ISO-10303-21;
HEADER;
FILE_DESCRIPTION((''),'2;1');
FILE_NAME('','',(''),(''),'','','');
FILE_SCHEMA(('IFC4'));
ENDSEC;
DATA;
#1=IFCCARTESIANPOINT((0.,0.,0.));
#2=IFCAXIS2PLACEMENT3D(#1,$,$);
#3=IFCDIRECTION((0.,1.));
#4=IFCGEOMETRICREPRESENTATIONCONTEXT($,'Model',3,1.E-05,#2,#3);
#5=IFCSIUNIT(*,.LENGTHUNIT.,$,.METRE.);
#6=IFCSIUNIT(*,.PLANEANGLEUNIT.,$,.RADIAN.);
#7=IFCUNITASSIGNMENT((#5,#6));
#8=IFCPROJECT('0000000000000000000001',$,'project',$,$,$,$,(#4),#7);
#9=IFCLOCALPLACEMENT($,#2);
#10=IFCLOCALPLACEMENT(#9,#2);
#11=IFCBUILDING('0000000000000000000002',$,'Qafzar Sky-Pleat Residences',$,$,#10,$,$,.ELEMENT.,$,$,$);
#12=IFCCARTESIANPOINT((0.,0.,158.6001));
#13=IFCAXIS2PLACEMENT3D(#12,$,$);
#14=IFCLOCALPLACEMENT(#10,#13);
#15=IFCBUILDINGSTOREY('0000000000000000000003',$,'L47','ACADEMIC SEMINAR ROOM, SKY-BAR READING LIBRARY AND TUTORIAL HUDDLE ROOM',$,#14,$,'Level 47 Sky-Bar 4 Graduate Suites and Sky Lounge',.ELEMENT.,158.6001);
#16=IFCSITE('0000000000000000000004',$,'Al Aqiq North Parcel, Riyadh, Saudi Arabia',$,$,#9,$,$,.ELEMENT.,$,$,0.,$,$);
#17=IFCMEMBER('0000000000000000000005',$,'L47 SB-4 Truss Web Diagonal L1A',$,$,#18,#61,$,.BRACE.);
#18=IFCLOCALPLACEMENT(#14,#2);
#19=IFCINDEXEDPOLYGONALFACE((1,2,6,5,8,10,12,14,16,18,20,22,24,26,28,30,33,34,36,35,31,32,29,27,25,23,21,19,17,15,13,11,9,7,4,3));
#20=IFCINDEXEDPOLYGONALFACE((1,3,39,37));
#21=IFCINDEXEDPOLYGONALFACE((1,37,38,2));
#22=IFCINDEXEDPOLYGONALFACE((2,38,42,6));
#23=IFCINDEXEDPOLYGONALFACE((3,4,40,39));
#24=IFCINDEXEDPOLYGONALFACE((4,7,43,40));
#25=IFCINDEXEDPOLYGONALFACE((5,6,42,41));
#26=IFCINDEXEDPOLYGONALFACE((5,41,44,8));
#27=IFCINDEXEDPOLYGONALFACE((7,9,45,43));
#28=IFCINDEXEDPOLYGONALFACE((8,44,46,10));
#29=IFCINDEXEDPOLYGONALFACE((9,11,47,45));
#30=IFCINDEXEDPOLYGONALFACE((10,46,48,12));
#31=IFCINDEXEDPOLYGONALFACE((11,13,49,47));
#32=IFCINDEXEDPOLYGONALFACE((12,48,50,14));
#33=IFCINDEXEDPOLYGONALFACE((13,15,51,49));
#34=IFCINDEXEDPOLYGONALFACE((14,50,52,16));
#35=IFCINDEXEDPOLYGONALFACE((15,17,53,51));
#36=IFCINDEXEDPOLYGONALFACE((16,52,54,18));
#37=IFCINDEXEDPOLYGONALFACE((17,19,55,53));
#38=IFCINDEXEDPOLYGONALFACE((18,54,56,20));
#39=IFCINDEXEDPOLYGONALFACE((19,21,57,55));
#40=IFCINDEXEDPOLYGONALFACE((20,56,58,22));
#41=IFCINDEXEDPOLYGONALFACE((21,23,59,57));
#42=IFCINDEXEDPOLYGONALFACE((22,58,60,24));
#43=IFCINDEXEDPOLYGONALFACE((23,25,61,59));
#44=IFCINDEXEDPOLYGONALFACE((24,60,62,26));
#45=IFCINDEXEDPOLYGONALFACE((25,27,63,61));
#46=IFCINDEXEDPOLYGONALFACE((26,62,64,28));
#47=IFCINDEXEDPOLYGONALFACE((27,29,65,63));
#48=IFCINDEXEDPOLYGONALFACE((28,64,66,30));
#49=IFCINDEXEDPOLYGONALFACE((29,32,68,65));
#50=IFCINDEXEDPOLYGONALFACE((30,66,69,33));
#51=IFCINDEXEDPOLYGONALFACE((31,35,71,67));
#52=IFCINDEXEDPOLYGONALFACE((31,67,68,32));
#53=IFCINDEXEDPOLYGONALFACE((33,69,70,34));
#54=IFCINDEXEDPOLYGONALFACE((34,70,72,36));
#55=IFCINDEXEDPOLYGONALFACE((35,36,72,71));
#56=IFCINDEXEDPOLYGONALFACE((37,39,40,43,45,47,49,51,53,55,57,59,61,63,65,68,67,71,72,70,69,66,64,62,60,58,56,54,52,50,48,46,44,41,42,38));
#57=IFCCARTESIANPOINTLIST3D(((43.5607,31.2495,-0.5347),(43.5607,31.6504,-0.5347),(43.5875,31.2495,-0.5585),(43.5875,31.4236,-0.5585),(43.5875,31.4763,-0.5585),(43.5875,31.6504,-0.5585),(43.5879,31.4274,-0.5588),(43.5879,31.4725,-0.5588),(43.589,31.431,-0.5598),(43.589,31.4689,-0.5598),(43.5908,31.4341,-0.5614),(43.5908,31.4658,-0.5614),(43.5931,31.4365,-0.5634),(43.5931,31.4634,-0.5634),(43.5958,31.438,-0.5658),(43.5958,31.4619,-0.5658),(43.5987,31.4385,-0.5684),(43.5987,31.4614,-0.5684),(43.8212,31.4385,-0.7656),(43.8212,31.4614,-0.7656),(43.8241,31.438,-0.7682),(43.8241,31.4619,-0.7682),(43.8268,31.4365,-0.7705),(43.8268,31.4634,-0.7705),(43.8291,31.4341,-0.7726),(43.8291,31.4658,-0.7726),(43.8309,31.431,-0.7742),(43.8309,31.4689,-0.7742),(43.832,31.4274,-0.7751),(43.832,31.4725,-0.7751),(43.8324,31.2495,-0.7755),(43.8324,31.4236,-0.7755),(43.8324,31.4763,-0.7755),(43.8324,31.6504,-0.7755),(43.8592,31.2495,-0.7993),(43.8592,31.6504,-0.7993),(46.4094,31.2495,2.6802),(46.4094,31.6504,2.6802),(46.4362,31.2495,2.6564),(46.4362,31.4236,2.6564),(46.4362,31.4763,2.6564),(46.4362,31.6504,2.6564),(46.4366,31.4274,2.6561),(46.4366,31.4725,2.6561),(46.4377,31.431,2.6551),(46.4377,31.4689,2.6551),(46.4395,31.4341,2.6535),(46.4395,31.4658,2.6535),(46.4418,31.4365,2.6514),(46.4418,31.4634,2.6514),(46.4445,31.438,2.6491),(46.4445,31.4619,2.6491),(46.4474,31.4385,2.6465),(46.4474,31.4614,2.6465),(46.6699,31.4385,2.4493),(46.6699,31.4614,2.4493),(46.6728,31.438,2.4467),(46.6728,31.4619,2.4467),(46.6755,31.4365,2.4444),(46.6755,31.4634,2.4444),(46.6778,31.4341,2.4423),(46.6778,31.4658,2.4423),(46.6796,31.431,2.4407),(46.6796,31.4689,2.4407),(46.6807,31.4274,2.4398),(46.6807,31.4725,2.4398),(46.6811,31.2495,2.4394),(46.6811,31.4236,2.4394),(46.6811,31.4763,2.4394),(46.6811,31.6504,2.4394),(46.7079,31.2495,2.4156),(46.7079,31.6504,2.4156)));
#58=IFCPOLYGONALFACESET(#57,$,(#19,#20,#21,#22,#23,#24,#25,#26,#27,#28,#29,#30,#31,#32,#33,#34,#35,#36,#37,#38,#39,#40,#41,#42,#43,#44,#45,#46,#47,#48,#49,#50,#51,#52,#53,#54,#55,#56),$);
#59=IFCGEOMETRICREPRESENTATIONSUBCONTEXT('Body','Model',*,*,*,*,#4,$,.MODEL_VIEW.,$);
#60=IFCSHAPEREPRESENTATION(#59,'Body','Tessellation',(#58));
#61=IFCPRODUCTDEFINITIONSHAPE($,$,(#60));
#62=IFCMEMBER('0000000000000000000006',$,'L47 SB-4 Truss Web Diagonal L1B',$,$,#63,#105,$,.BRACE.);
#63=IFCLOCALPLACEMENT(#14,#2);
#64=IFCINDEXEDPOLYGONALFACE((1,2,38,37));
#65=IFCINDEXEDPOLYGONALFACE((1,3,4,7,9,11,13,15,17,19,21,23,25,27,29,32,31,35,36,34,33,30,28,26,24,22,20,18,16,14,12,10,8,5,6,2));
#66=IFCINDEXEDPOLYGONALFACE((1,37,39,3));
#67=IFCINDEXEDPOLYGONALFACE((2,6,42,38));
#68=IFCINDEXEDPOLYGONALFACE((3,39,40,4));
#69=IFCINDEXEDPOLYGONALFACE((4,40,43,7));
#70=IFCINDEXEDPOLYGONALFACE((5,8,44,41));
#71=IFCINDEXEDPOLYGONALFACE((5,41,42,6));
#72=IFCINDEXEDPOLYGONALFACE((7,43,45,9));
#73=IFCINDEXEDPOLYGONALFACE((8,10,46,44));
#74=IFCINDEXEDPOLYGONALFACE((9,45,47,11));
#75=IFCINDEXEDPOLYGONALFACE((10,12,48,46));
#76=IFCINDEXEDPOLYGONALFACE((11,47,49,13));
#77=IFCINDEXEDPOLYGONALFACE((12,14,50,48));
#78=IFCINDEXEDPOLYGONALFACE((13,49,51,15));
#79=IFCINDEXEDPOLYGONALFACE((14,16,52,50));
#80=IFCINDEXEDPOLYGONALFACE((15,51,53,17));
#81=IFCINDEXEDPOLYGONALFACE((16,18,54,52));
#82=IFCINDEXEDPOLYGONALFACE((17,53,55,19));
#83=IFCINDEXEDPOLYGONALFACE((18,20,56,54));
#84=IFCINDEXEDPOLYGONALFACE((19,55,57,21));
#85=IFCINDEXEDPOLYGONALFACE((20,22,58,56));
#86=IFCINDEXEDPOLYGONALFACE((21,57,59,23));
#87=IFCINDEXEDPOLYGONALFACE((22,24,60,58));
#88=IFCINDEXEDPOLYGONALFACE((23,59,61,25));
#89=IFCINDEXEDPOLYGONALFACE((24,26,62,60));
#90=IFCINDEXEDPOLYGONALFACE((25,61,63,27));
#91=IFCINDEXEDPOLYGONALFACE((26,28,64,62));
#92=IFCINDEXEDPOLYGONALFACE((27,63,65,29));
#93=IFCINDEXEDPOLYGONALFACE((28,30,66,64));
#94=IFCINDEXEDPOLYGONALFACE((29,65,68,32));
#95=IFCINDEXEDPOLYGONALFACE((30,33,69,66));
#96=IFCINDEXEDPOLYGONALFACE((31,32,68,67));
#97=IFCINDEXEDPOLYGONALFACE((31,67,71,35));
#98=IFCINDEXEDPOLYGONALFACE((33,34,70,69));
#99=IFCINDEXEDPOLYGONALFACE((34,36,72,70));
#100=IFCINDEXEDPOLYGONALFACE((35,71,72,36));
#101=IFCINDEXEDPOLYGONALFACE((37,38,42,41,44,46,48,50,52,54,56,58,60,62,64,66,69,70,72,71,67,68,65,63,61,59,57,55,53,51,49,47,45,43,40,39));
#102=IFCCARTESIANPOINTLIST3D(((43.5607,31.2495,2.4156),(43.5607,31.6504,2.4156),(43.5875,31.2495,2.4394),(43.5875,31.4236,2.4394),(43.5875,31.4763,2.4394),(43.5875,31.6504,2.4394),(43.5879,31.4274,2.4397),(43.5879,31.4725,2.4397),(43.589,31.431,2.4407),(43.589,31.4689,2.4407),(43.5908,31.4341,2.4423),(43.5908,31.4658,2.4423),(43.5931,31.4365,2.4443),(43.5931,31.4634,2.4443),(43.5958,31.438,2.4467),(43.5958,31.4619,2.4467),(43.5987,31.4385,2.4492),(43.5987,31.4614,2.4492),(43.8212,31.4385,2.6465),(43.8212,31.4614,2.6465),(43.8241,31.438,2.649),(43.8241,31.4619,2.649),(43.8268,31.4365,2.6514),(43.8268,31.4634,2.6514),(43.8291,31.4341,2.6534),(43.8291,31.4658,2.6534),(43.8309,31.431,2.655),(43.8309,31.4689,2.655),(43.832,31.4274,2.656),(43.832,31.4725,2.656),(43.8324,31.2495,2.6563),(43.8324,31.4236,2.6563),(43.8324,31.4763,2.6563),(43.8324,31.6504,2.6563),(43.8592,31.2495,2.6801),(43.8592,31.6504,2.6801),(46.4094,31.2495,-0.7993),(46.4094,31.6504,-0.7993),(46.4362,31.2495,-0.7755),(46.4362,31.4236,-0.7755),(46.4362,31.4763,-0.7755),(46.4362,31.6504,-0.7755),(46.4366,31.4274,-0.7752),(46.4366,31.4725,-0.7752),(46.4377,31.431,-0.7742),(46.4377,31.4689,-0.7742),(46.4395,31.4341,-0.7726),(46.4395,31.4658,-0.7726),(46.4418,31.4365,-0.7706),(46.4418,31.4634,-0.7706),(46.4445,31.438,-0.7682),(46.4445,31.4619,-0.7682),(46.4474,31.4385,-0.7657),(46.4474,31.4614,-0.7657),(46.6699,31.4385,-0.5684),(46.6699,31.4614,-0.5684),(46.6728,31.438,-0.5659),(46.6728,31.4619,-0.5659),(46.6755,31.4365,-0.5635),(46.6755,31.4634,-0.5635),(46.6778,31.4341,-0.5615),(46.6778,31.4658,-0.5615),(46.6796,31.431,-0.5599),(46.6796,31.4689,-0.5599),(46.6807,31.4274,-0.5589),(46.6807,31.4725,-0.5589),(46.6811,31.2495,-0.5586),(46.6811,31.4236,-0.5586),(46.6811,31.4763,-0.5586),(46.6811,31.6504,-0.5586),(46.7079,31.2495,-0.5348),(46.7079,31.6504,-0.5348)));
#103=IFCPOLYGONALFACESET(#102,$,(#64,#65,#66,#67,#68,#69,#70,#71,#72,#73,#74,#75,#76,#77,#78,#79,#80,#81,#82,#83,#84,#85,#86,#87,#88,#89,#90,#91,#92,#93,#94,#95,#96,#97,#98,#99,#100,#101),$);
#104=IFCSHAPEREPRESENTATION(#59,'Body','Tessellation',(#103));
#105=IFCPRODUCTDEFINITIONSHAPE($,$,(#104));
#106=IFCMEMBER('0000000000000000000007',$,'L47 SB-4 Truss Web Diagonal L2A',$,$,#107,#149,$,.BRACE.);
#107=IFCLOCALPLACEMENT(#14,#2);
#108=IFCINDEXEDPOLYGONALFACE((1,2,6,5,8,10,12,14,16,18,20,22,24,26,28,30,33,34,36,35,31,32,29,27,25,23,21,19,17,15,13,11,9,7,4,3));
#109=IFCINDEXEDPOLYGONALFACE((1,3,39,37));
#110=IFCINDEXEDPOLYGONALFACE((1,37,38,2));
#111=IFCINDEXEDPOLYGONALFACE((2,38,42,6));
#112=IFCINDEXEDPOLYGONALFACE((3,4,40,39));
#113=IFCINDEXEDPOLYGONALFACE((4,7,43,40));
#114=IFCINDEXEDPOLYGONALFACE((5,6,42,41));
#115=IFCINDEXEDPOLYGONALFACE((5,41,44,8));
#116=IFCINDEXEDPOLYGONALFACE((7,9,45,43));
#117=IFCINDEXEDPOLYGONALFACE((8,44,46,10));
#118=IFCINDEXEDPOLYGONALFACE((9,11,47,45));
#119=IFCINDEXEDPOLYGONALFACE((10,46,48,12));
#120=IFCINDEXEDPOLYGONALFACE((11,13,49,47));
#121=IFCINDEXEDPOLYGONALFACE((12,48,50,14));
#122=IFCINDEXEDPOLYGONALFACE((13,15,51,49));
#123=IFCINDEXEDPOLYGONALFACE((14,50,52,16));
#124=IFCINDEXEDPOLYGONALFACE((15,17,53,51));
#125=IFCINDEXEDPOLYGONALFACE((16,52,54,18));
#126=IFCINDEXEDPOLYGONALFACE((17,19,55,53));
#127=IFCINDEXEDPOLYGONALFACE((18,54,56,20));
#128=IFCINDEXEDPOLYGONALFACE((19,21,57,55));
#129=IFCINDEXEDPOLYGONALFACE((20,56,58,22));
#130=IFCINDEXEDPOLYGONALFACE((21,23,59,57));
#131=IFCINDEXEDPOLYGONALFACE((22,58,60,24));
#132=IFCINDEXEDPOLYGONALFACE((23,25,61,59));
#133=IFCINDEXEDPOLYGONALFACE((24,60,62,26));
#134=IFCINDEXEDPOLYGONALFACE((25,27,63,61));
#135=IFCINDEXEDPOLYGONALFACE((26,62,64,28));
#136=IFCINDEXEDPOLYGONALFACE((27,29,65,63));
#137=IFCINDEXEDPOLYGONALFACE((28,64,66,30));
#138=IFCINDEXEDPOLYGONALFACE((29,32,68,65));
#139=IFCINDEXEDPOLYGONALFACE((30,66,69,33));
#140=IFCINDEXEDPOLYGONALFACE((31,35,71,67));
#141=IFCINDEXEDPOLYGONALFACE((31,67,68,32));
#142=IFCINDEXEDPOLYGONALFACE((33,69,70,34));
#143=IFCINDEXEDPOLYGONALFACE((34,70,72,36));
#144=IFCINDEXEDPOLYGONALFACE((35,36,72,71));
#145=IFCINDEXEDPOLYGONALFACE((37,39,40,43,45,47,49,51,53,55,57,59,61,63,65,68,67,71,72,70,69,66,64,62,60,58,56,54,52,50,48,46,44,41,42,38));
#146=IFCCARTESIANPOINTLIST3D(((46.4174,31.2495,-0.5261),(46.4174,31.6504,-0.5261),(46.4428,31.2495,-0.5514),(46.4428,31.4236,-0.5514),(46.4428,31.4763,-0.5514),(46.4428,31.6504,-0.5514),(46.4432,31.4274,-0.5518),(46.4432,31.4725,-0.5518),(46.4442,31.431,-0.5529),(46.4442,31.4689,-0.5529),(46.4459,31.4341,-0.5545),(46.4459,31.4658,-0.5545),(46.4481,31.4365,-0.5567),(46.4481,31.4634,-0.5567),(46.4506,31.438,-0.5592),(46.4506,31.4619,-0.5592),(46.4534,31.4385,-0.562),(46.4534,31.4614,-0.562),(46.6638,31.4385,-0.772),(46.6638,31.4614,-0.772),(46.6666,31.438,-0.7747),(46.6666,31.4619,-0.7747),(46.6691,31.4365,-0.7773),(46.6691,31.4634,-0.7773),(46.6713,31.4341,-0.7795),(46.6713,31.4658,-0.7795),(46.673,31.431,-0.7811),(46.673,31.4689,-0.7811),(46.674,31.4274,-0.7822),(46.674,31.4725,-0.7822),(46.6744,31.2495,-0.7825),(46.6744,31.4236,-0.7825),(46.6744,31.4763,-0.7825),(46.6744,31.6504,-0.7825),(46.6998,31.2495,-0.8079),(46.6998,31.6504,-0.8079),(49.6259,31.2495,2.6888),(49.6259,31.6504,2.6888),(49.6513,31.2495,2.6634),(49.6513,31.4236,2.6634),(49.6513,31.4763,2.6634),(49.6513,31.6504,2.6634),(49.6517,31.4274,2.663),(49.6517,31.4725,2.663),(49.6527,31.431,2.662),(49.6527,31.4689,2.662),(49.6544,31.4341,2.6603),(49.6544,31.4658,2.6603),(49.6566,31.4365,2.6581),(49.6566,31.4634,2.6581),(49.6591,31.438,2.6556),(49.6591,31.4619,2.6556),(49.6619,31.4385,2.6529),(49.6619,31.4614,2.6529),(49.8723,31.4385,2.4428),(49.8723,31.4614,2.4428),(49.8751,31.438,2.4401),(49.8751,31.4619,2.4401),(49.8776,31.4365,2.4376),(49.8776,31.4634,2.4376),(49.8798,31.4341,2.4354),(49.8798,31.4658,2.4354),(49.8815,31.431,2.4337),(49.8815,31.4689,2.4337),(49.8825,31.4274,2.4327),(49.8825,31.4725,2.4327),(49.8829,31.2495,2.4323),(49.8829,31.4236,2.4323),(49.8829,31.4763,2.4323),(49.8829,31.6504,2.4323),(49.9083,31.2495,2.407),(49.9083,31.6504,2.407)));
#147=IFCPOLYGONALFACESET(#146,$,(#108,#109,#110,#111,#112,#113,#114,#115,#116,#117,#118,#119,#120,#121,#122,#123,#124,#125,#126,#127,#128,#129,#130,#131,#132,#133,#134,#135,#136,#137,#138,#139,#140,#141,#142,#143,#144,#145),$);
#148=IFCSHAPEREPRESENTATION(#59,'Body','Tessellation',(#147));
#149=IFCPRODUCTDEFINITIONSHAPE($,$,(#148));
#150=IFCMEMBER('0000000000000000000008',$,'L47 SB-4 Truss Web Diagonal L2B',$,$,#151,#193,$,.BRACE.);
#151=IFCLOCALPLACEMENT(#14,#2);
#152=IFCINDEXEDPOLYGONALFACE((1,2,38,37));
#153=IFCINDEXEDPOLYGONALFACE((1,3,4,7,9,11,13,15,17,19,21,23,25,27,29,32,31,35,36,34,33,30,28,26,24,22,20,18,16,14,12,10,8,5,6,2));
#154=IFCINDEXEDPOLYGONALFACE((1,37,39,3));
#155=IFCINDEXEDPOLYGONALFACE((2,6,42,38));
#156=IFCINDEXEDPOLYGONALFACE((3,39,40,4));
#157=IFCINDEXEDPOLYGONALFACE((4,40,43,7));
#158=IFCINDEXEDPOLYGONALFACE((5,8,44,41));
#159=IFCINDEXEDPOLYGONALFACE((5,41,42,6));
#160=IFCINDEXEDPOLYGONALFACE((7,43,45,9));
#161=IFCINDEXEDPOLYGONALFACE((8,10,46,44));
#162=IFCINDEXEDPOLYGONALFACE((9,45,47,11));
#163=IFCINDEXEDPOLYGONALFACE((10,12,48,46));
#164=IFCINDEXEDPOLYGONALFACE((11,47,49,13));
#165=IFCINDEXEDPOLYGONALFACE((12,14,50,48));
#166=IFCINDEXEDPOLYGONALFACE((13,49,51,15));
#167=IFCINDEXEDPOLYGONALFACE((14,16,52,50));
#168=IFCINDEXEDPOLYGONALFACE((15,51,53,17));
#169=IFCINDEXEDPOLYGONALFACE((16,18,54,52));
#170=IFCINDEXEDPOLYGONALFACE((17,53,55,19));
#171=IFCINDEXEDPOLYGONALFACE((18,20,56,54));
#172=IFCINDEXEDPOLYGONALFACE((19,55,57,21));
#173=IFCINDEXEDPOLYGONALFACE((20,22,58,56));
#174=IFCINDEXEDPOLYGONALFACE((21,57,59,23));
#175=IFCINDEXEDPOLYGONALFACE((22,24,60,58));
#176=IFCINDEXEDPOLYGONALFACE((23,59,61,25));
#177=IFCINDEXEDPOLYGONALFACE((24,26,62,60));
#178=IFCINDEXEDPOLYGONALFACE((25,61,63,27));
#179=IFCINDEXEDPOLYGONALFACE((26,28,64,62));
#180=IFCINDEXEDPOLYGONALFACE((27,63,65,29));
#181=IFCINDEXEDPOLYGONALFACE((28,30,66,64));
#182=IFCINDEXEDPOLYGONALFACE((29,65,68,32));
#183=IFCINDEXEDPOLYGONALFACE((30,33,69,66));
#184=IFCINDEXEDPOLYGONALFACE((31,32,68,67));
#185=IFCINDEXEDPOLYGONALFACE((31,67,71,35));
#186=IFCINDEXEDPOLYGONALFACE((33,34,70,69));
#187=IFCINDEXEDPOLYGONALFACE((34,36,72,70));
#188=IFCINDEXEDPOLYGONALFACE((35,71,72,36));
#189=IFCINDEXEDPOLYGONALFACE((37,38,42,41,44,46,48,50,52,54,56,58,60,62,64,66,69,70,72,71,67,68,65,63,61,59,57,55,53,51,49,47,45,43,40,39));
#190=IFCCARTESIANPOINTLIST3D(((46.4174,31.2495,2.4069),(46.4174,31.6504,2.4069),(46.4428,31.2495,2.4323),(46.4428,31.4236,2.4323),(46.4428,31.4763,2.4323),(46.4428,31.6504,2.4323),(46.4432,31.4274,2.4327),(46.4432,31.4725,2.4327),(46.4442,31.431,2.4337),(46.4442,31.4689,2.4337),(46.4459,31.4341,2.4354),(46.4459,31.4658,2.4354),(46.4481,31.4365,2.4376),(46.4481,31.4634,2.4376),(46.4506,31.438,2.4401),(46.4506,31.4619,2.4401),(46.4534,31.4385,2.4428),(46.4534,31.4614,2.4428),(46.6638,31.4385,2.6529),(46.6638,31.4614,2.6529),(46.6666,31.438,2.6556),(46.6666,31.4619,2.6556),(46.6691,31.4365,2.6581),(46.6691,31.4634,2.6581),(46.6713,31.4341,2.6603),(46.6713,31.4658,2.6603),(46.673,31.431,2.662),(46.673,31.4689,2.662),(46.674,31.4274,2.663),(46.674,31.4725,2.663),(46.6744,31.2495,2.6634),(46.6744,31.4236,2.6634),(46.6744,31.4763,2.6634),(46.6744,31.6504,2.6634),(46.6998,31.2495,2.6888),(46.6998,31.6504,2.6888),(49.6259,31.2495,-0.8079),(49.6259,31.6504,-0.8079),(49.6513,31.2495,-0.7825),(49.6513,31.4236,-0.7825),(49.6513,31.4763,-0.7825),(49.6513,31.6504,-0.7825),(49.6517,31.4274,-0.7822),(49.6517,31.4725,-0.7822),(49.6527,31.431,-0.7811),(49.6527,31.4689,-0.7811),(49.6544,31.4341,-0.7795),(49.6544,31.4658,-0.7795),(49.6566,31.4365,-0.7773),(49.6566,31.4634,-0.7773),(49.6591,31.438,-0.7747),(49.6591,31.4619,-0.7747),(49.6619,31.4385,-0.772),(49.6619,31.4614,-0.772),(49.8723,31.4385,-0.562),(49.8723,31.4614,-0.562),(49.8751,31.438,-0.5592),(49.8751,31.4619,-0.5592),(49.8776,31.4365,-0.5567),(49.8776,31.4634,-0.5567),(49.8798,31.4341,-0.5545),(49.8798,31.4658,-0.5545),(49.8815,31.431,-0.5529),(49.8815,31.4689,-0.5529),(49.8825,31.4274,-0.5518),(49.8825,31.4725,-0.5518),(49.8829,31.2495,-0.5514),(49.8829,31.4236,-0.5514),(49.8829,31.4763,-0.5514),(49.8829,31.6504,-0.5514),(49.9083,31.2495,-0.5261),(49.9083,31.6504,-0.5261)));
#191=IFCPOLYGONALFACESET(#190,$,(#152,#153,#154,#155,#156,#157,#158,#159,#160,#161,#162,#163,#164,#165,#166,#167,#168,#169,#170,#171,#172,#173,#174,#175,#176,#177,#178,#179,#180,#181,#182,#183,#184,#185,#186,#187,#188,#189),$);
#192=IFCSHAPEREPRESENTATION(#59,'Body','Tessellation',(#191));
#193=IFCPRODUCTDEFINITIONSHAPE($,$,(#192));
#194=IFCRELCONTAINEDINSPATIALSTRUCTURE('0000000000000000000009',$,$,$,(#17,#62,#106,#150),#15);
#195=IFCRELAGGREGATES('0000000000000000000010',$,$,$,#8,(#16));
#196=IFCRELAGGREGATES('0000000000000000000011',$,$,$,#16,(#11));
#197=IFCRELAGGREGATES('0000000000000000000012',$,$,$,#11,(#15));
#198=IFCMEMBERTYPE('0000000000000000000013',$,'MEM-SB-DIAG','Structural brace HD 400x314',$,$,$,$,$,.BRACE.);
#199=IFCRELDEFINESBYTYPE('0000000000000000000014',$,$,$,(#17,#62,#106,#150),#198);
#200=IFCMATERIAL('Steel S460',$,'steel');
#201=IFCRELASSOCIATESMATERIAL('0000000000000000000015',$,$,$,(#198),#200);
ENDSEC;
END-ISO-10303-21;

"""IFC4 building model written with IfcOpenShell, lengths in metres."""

from ifc_helpers import new_model, si_unit, direction, frame, origin, origin_2d, place, context, subcontext, project, spatial, i_section, extrude, source, transform, mapped, material, material_profile, profile_set, type_object, element, save


model = new_model("IFC4")

# Units and contexts
model_context = context("Model", 3, precision=1e-05, world=origin(), true_north=direction((0.0, 1.0)))
body_context = subcontext(model_context, "Body", "Model", "MODEL_VIEW")
ifc_project = project(units=[si_unit("LENGTHUNIT", "METRE"), si_unit("PLANEANGLEUNIT", "RADIAN")], contexts=[model_context])

# Site, building, storey
site_placement = place(None, origin())
site = spatial("IfcSite", under=ifc_project, at=site_placement, Name="Al Aqiq North Parcel, Riyadh, Saudi Arabia", CompositionType="ELEMENT", RefElevation=0.0)
building_placement = place(site_placement, origin())
building = spatial("IfcBuilding", under=site, at=building_placement, Name="Qafzar Sky-Pleat Residences", CompositionType="ELEMENT")
storey_placement = place(building_placement, frame((0.0, 0.0, 158.6001)))
storey = spatial("IfcBuildingStorey", under=building, at=storey_placement, Name="L47", Description="ACADEMIC SEMINAR ROOM, SKY-BAR READING LIBRARY AND TUTORIAL HUDDLE ROOM", LongName="Level 47 Sky-Bar 4 Graduate Suites and Sky Lounge", CompositionType="ELEMENT", Elevation=158.6001)

# Shared definitions
ifc_material_1 = material(Name="Steel S460", Category="steel")

# Members
ifc_material_profile_1 = material_profile(ifc_material_1, i_section(OverallWidth=0.4009, OverallDepth=0.3989, WebThickness=0.0229, FlangeThickness=0.0359, FilletRadius=0.0149, at=origin_2d()), Name="HD 400x314")
ifc_profile_set_1 = profile_set([ifc_material_profile_1], Name="Steel S460")
member_type = type_object("IfcMemberType", Name="MEM-SB-DIAG", Description="Structural brace HD 400x314", PredefinedType="BRACE", material=ifc_profile_set_1)
shared_shape_1 = source(origin(), body_context, "Body", "SweptSolid", [
    extrude(i_section(OverallWidth=0.4009, OverallDepth=0.3989, WebThickness=0.0229, FlangeThickness=0.0359, FilletRadius=0.0149, at=origin_2d()), origin(), (0.0, 0.0, 1.0), 4.2954),
])
for number, where, z_axis, x_axis, name in (
    (1, (43.71, 31.45, -0.667), (0.663192, 0.0, 0.74845), (0.0, 1.0, 0.0), "L47 SB-4 Truss Web Diagonal L1A"),
    (2, (43.71, 31.45, 2.5479), (0.663192, 0.0, -0.74845), (0.0, 1.0, 0.0), "L47 SB-4 Truss Web Diagonal L1B"),
):
    element("IfcMember", number, at=place(storey_placement, frame(where, z_axis=z_axis, x_axis=x_axis)), inside=storey, type_object=member_type, Name=name, PredefinedType="BRACE", context=body_context, shape_type="MappedRepresentation", body=[
        mapped(shared_shape_1, transform((0.0, 0.0, 0.0), x_axis=(1.0, 0.0, 0.0), y_axis=(0.0, 1.0, 0.0), z_axis=(0.0, 0.0, 1.0), scale=1.0)),
    ])
shared_shape_2 = source(origin(), body_context, "Body", "SweptSolid", [
    extrude(i_section(OverallWidth=0.4009, OverallDepth=0.3989, WebThickness=0.0229, FlangeThickness=0.0359, FilletRadius=0.0149, at=origin_2d()), origin(), (0.0, 0.0, 1.0), 4.542),
])
for number, where, z_axis, x_axis, name in (
    (3, (46.5586, 31.45, -0.667), (0.706408, 0.0, 0.707805), (0.0, 1.0, 0.0), "L47 SB-4 Truss Web Diagonal L2A"),
    (4, (46.5586, 31.45, 2.5479), (0.706408, 0.0, -0.707805), (0.0, 1.0, 0.0), "L47 SB-4 Truss Web Diagonal L2B"),
):
    element("IfcMember", number, at=place(storey_placement, frame(where, z_axis=z_axis, x_axis=x_axis)), inside=storey, type_object=member_type, Name=name, PredefinedType="BRACE", context=body_context, shape_type="MappedRepresentation", body=[
        mapped(shared_shape_2, transform((0.0, 0.0, 0.0), x_axis=(1.0, 0.0, 0.0), y_axis=(0.0, 1.0, 0.0), z_axis=(0.0, 0.0, 1.0), scale=1.0)),
    ])

save(model, "model.ifc")
